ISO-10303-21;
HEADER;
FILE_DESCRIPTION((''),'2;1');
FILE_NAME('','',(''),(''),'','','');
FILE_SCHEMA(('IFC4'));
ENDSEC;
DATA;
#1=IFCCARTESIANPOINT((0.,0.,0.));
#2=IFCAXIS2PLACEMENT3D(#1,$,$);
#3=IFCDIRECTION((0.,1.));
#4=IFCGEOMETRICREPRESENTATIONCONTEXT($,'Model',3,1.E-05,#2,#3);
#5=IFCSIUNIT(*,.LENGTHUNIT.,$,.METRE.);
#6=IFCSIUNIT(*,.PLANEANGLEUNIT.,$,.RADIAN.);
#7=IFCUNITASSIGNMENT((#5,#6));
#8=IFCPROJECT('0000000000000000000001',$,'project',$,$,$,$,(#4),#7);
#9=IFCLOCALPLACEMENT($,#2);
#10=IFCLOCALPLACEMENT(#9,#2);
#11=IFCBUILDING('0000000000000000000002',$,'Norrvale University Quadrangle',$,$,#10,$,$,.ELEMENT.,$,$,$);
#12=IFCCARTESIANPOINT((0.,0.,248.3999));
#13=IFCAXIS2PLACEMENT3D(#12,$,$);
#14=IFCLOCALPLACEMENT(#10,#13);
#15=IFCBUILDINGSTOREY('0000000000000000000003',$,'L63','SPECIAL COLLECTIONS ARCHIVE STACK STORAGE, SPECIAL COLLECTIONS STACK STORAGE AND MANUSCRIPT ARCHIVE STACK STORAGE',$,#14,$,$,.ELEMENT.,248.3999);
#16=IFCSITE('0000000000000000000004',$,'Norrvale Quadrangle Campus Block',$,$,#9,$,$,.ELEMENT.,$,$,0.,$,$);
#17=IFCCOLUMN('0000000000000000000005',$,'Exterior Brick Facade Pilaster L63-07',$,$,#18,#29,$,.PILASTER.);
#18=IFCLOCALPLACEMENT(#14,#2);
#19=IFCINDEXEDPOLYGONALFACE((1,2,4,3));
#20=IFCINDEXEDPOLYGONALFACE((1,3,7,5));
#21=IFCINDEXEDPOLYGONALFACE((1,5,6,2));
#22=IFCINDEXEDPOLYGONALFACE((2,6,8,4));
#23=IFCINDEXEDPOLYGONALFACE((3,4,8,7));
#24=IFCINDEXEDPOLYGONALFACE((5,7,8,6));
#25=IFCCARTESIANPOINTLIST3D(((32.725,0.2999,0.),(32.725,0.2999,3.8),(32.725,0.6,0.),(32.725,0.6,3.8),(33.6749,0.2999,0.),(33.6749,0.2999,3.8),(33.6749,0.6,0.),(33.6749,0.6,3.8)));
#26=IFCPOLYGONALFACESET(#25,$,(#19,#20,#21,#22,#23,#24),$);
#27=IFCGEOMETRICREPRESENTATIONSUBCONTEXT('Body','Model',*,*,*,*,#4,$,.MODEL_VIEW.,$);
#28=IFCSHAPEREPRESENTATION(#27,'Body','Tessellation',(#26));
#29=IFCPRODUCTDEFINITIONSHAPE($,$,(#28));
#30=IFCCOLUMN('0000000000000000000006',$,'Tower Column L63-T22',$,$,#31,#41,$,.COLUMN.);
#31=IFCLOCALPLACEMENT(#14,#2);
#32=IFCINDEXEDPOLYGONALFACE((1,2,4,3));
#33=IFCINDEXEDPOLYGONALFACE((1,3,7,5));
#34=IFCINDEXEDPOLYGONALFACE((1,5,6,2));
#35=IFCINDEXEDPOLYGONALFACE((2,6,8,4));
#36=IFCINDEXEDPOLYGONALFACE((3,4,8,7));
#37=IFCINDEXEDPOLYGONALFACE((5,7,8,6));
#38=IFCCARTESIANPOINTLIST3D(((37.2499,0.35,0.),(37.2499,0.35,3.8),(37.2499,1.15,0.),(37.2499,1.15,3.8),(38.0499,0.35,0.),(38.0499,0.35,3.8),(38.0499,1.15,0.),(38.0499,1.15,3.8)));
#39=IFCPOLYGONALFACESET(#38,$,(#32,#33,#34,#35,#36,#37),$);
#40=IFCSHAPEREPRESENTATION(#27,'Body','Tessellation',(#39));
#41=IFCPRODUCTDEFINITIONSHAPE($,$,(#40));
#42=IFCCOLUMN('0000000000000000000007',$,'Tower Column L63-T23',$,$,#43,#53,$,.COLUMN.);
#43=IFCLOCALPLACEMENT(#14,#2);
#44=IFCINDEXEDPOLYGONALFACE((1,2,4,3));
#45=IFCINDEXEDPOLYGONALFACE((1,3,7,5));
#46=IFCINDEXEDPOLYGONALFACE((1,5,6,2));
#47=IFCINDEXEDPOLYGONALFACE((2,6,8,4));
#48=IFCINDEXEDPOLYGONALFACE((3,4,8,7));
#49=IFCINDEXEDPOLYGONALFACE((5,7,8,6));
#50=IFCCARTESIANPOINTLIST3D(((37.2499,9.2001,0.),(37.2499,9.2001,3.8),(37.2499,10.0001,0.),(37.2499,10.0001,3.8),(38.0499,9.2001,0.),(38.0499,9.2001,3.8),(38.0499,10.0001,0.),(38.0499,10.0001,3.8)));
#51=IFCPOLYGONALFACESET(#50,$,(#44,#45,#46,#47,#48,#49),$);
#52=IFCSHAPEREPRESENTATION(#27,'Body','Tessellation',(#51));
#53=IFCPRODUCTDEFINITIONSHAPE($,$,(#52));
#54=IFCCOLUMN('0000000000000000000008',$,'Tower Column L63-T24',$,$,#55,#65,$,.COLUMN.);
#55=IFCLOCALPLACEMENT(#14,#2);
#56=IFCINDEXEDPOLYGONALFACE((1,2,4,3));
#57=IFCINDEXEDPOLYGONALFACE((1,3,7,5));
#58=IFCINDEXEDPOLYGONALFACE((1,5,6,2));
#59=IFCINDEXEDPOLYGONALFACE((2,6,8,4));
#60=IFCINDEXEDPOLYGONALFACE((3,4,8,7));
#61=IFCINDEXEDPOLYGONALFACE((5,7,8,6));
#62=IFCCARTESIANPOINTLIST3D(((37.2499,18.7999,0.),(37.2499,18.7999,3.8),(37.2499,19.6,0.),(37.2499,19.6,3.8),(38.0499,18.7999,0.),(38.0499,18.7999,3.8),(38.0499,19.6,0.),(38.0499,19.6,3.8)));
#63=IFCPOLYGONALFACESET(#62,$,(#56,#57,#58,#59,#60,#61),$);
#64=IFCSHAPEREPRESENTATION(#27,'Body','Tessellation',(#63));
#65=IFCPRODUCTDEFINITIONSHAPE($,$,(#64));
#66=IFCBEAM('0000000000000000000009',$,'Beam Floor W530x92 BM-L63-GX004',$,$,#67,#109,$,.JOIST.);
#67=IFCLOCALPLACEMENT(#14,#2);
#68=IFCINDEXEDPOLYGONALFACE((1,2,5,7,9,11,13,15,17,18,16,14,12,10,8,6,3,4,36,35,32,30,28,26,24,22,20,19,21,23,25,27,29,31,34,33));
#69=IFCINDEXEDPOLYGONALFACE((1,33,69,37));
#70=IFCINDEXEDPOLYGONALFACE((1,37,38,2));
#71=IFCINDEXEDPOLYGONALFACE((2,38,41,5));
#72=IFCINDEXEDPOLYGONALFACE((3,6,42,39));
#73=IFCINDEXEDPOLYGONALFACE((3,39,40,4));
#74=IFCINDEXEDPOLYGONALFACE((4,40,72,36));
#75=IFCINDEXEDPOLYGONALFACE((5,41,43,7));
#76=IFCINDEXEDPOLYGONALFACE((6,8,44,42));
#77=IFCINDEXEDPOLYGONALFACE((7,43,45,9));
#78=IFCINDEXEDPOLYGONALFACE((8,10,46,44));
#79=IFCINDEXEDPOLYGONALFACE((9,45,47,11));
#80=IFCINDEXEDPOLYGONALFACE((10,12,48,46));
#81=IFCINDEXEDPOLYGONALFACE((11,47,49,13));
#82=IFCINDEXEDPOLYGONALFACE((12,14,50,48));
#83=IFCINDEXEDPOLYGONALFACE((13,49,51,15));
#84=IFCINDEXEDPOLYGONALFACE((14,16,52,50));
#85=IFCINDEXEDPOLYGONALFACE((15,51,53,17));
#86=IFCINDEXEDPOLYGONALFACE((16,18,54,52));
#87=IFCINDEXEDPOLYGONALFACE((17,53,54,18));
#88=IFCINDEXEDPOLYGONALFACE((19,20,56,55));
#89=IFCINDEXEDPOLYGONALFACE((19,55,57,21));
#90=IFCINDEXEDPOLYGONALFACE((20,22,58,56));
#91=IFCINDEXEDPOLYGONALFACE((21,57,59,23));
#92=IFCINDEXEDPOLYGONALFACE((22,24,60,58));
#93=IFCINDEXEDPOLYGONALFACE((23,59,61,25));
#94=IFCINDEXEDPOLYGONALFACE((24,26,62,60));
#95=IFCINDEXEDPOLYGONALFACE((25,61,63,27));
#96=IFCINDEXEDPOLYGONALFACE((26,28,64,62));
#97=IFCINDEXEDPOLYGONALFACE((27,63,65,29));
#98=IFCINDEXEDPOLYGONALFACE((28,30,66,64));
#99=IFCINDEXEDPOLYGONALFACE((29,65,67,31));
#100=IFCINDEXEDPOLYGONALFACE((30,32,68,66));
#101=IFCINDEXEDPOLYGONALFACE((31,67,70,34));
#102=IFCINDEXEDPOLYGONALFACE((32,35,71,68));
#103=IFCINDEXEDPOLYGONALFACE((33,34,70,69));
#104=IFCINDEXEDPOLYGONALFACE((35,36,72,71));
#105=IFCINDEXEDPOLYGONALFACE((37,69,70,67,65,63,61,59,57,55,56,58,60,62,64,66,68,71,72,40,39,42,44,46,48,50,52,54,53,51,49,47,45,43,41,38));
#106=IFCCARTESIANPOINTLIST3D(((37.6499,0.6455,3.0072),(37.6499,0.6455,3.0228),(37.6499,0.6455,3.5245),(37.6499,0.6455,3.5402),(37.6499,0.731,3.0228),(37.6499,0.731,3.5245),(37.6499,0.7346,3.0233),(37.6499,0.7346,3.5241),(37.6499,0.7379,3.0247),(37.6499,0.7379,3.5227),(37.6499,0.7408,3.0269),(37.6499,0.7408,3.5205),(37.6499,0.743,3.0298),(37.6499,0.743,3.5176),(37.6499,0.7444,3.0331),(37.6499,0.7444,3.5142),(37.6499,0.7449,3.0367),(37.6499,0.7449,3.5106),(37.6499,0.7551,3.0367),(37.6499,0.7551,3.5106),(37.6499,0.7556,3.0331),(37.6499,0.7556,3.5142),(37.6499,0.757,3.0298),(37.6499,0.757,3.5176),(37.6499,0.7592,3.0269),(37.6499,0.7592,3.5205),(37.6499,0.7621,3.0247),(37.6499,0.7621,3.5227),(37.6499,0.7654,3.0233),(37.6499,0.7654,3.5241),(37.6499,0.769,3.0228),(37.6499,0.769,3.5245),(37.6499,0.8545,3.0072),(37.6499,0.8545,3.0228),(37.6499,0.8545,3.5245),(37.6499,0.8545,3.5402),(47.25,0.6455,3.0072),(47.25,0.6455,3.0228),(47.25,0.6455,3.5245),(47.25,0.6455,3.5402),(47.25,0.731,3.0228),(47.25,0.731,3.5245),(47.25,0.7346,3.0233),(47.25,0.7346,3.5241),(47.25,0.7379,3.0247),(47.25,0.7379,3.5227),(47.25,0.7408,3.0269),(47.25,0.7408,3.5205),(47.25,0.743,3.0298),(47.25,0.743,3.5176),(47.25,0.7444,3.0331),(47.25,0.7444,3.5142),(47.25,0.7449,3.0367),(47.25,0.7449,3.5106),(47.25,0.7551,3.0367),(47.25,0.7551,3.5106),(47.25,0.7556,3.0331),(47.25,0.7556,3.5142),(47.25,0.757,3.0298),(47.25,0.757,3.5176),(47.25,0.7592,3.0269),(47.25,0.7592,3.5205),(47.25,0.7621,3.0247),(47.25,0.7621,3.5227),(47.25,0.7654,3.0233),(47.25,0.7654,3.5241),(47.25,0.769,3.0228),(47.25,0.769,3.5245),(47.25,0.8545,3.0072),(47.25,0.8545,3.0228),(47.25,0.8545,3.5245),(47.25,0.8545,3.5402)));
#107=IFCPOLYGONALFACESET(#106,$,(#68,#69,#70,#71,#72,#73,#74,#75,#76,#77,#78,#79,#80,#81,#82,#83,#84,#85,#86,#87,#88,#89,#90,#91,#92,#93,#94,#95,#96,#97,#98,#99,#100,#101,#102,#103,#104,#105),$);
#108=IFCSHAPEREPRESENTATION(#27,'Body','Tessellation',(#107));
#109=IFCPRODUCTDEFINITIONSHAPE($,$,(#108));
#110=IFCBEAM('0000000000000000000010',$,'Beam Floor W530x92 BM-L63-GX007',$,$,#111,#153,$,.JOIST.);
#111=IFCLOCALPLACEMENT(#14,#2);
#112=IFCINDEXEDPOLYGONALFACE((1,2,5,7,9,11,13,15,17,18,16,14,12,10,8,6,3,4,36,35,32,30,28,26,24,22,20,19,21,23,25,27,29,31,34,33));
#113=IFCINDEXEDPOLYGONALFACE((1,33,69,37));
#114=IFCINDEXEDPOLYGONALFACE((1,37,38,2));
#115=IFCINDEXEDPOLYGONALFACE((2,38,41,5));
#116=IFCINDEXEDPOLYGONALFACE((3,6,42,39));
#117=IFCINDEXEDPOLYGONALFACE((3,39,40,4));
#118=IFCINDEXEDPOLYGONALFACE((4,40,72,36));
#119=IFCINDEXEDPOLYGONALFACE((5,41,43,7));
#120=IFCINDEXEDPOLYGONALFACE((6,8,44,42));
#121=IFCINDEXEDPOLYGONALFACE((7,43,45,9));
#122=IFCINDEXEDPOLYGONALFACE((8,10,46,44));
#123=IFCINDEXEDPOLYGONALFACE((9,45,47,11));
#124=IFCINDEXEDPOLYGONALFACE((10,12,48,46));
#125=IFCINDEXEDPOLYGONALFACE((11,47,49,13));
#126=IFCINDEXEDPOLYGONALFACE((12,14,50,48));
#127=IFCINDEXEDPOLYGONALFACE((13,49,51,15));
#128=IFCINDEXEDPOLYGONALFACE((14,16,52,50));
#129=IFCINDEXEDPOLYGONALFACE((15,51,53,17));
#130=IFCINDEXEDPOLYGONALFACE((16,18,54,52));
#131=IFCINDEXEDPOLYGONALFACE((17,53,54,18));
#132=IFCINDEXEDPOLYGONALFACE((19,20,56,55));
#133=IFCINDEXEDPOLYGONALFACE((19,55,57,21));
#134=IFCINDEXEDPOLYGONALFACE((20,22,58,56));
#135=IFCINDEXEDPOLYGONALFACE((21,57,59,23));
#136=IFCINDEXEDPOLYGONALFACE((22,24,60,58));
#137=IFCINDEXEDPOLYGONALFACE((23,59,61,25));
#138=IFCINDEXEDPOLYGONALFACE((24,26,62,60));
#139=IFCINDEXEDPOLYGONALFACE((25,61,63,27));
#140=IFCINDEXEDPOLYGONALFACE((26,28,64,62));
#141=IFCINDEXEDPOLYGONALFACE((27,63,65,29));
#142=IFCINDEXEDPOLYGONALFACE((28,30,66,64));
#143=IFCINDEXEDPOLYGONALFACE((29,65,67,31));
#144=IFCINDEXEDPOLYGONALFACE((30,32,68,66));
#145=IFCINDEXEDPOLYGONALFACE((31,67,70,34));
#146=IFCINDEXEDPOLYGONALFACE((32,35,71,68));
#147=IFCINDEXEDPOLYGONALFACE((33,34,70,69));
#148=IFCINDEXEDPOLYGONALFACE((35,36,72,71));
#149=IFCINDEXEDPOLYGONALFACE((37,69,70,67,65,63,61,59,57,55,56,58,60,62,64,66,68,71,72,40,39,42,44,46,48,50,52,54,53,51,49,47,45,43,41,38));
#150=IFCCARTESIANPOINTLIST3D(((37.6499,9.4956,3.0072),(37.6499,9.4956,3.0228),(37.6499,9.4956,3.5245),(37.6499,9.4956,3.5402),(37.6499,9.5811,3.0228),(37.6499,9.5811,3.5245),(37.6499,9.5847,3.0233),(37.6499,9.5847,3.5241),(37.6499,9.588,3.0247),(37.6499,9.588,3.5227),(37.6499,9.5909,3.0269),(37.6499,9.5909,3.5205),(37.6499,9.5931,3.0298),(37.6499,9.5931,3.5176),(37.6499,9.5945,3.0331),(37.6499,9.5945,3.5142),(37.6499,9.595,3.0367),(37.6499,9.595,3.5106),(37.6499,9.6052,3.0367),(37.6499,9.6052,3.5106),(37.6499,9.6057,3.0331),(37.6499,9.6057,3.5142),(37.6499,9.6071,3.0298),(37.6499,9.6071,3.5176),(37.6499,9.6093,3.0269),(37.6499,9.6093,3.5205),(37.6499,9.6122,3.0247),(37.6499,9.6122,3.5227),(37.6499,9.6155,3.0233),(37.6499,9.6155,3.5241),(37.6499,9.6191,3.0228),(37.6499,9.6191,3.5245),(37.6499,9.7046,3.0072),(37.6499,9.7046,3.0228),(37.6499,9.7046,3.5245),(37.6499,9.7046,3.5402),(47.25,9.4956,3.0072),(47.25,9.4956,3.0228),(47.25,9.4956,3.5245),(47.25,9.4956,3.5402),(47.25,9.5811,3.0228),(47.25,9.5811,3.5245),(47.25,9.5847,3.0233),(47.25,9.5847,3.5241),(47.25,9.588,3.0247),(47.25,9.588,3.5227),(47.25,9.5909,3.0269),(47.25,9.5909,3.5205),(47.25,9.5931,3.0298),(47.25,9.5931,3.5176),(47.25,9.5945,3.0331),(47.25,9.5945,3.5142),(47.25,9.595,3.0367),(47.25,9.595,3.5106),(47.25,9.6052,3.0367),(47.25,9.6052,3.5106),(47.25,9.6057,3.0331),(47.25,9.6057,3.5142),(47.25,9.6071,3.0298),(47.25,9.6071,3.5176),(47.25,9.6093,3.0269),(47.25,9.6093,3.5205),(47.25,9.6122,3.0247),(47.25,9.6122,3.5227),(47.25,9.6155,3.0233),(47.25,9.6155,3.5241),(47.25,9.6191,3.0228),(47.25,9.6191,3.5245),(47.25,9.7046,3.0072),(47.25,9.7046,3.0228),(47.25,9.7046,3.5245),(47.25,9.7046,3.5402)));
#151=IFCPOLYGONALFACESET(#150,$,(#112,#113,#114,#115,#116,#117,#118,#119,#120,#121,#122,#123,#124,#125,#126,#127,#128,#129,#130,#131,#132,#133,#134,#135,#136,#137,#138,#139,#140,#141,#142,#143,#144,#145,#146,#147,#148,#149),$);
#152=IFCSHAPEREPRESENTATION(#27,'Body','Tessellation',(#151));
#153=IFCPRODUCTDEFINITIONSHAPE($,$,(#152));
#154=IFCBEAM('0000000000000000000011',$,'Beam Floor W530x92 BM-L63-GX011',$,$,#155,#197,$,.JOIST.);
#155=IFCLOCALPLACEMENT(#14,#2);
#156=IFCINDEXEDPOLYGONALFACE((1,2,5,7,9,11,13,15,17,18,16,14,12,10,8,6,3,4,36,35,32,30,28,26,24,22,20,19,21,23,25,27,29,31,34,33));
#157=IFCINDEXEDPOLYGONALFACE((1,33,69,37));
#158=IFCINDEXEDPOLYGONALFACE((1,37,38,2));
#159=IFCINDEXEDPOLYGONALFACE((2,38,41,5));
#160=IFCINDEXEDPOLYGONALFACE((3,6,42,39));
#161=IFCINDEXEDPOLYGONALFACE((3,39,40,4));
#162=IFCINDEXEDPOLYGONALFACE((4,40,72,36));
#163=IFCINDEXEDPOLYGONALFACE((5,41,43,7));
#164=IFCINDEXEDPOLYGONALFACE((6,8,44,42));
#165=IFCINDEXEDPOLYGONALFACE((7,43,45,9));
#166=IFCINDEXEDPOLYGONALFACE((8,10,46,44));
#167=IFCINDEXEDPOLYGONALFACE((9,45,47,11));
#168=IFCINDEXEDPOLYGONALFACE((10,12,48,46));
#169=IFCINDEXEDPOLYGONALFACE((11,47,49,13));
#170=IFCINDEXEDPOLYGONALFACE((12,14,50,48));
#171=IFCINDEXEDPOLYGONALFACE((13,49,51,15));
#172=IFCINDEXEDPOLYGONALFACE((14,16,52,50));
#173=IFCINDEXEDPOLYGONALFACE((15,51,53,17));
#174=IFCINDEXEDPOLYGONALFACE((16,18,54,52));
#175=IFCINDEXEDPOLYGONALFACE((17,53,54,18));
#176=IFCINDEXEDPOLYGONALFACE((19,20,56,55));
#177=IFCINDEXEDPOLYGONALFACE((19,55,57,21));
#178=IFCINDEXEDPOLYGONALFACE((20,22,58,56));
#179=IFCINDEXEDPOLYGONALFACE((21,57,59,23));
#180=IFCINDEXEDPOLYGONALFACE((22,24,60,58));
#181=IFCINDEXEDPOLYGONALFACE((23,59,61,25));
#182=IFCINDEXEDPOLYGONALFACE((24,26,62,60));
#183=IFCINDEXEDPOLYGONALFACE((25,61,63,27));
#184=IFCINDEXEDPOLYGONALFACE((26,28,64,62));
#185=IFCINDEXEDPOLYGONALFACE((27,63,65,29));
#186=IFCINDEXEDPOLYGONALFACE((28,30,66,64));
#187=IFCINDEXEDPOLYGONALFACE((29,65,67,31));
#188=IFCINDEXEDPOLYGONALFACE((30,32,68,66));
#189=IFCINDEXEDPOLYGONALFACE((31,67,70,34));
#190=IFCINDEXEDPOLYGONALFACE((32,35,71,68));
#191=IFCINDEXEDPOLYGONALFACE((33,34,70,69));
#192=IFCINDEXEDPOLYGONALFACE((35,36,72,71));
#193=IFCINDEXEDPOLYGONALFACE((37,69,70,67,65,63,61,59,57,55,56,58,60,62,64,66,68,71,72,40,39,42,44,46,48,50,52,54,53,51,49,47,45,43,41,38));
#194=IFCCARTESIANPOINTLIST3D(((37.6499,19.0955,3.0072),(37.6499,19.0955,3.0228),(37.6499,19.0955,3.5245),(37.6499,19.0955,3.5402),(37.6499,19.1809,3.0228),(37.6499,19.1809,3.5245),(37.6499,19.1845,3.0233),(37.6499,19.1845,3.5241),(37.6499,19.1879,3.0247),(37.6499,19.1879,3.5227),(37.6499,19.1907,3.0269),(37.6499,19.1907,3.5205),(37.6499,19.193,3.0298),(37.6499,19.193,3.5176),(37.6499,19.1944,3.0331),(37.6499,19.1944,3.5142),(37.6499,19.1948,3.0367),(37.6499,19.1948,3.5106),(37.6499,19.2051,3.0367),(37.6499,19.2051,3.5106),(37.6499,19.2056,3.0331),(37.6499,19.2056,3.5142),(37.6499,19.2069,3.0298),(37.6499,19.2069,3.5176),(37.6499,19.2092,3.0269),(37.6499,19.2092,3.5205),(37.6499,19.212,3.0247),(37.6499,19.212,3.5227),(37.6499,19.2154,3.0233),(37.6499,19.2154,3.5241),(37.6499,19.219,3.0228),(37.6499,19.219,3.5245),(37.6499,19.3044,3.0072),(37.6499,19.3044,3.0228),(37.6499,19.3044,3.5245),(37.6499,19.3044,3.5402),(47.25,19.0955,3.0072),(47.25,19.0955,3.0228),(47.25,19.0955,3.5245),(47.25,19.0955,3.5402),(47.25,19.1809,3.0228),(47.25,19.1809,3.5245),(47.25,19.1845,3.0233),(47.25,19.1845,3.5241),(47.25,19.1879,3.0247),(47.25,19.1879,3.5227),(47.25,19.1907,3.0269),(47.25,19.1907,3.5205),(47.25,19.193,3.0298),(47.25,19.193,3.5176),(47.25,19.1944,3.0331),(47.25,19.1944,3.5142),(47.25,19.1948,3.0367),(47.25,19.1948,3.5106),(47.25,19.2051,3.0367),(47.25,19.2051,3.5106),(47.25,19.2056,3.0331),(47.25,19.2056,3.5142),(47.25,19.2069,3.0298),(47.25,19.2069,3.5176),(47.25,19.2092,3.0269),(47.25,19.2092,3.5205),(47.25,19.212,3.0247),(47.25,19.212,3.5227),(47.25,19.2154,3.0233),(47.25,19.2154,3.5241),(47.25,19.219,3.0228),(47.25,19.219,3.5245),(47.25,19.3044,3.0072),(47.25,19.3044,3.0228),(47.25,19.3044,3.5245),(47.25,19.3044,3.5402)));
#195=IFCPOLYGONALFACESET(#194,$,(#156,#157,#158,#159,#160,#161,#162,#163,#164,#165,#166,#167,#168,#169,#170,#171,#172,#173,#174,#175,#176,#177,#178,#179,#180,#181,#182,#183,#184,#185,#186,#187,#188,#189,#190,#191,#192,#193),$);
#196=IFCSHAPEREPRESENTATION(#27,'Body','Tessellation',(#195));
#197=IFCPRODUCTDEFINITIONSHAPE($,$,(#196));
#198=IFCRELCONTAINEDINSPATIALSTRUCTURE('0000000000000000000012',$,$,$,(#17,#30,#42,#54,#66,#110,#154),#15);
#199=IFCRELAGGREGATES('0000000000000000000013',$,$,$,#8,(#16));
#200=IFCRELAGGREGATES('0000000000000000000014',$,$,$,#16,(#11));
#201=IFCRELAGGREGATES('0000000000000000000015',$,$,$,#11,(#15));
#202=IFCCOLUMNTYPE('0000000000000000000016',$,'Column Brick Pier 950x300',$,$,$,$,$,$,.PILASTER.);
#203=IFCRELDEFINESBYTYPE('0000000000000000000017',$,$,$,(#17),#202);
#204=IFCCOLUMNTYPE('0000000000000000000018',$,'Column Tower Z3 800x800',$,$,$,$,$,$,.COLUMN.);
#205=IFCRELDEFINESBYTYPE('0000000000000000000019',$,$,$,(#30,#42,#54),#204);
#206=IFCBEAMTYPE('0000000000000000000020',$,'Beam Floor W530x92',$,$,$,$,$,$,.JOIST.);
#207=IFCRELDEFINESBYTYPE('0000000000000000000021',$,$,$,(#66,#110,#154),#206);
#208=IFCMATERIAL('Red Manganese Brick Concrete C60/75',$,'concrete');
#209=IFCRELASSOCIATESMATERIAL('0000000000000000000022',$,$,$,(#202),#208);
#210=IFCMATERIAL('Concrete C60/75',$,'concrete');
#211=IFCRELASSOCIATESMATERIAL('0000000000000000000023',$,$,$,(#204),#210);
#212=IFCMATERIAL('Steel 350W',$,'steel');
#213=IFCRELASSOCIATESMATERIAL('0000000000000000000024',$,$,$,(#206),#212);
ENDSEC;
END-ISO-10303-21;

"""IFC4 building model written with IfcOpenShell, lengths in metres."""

from ifc_helpers import new_model, si_unit, direction, frame, origin, origin_2d, place, context, subcontext, project, spatial, rectangle, i_section, extrude, material, material_profile, profile_set, type_object, element, save


model = new_model("IFC4")

# Units and contexts
model_context = context("Model", 3, precision=1e-05, world=origin(), true_north=direction((0.0, 1.0)))
body_context = subcontext(model_context, "Body", "Model", "MODEL_VIEW")
ifc_project = project(units=[si_unit("LENGTHUNIT", "METRE"), si_unit("PLANEANGLEUNIT", "RADIAN")], contexts=[model_context])

# Site, building, storey
site_placement = place(None, origin())
site = spatial("IfcSite", under=ifc_project, at=site_placement, Name="Norrvale Quadrangle Campus Block", CompositionType="ELEMENT", RefElevation=0.0)
building_placement = place(site_placement, origin())
building = spatial("IfcBuilding", under=site, at=building_placement, Name="Norrvale University Quadrangle", CompositionType="ELEMENT")
storey_placement = place(building_placement, frame((0.0, 0.0, 248.3999)))
storey = spatial("IfcBuildingStorey", under=building, at=storey_placement, Name="L63", Description="SPECIAL COLLECTIONS ARCHIVE STACK STORAGE, SPECIAL COLLECTIONS STACK STORAGE AND MANUSCRIPT ARCHIVE STACK STORAGE", CompositionType="ELEMENT", Elevation=248.3999)

# Columns
ifc_material_1 = material(Name="Red Manganese Brick Concrete C60/75", Category="concrete")
ifc_material_profile_1 = material_profile(ifc_material_1, rectangle(XDim=0.95, YDim=0.3, at=origin_2d()), Name="Red Manganese Brick Concrete C60/75")
ifc_profile_set_1 = profile_set([ifc_material_profile_1], Name="Red Manganese Brick Concrete C60/75")
column_type_1 = type_object("IfcColumnType", Name="Column Brick Pier 950x300", PredefinedType="PILASTER", material=ifc_profile_set_1)
column_placement = place(storey_placement, frame((33.2, 0.45, 0.0), z_axis=(0.0, 0.0, 1.0), x_axis=(1.0, 0.0, 0.0)))
element("IfcColumn", 1, at=column_placement, inside=storey, type_object=column_type_1, Name="Exterior Brick Facade Pilaster L63-07", PredefinedType="PILASTER", context=body_context, shape_type="SweptSolid", body=[
    extrude(rectangle(XDim=0.95, YDim=0.3, at=origin_2d()), origin(), (0.0, 0.0, 1.0), 3.8),
])
ifc_material_2 = material(Name="Concrete C60/75", Category="concrete")
ifc_material_profile_2 = material_profile(ifc_material_2, rectangle(XDim=0.8, YDim=0.8, at=origin_2d()), Name="Concrete C60/75")
ifc_profile_set_2 = profile_set([ifc_material_profile_2], Name="Concrete C60/75")
column_type_2 = type_object("IfcColumnType", Name="Column Tower Z3 800x800", PredefinedType="COLUMN", material=ifc_profile_set_2)
for number, where, z_axis, x_axis, name in (
    (2, (37.6499, 0.75, 0.0), (0.0, 0.0, 1.0), (1.0, 0.0, 0.0), "Tower Column L63-T22"),
    (3, (37.6499, 9.6001, 0.0), (0.0, 0.0, 1.0), (1.0, 0.0, 0.0), "Tower Column L63-T23"),
    (4, (37.6499, 19.2, 0.0), (0.0, 0.0, 1.0), (1.0, 0.0, 0.0), "Tower Column L63-T24"),
):
    element("IfcColumn", number, at=place(storey_placement, frame(where, z_axis=z_axis, x_axis=x_axis)), inside=storey, type_object=column_type_2, Name=name, PredefinedType="COLUMN", context=body_context, shape_type="SweptSolid", body=[
        extrude(rectangle(XDim=0.8, YDim=0.8, at=origin_2d()), origin(), (0.0, 0.0, 1.0), 3.8),
    ])

# Beams
ifc_material_3 = material(Name="Steel 350W", Category="steel")
ifc_material_profile_3 = material_profile(ifc_material_3, i_section(OverallWidth=0.209, OverallDepth=0.533, WebThickness=0.0103, FlangeThickness=0.0156, FilletRadius=0.0139, at=origin_2d()), Name="Steel 350W")
ifc_profile_set_3 = profile_set([ifc_material_profile_3], Name="Steel 350W")
beam_type_1 = type_object("IfcBeamType", Name="Beam Floor W530x92", PredefinedType="JOIST", material=ifc_profile_set_3)
for number, where, z_axis, x_axis, name in (
    (5, (37.6499, 0.75, 3.2737), (1.0, 0.0, 0.0), (0.0, 1.0, 0.0), "Beam Floor W530x92 BM-L63-GX004"),
    (6, (37.6499, 9.6001, 3.2737), (1.0, 0.0, 0.0), (0.0, 1.0, 0.0), "Beam Floor W530x92 BM-L63-GX007"),
    (7, (37.6499, 19.2, 3.2737), (1.0, 0.0, 0.0), (0.0, 1.0, 0.0), "Beam Floor W530x92 BM-L63-GX011"),
):
    element("IfcBeam", number, at=place(storey_placement, frame(where, z_axis=z_axis, x_axis=x_axis)), inside=storey, type_object=beam_type_1, Name=name, PredefinedType="JOIST", context=body_context, shape_type="SweptSolid", body=[
        extrude(i_section(OverallWidth=0.209, OverallDepth=0.533, WebThickness=0.0103, FlangeThickness=0.0156, FilletRadius=0.0139, at=origin_2d()), origin(), (0.0, 0.0, 1.0), 9.6001),
    ])

save(model, "model.ifc")
